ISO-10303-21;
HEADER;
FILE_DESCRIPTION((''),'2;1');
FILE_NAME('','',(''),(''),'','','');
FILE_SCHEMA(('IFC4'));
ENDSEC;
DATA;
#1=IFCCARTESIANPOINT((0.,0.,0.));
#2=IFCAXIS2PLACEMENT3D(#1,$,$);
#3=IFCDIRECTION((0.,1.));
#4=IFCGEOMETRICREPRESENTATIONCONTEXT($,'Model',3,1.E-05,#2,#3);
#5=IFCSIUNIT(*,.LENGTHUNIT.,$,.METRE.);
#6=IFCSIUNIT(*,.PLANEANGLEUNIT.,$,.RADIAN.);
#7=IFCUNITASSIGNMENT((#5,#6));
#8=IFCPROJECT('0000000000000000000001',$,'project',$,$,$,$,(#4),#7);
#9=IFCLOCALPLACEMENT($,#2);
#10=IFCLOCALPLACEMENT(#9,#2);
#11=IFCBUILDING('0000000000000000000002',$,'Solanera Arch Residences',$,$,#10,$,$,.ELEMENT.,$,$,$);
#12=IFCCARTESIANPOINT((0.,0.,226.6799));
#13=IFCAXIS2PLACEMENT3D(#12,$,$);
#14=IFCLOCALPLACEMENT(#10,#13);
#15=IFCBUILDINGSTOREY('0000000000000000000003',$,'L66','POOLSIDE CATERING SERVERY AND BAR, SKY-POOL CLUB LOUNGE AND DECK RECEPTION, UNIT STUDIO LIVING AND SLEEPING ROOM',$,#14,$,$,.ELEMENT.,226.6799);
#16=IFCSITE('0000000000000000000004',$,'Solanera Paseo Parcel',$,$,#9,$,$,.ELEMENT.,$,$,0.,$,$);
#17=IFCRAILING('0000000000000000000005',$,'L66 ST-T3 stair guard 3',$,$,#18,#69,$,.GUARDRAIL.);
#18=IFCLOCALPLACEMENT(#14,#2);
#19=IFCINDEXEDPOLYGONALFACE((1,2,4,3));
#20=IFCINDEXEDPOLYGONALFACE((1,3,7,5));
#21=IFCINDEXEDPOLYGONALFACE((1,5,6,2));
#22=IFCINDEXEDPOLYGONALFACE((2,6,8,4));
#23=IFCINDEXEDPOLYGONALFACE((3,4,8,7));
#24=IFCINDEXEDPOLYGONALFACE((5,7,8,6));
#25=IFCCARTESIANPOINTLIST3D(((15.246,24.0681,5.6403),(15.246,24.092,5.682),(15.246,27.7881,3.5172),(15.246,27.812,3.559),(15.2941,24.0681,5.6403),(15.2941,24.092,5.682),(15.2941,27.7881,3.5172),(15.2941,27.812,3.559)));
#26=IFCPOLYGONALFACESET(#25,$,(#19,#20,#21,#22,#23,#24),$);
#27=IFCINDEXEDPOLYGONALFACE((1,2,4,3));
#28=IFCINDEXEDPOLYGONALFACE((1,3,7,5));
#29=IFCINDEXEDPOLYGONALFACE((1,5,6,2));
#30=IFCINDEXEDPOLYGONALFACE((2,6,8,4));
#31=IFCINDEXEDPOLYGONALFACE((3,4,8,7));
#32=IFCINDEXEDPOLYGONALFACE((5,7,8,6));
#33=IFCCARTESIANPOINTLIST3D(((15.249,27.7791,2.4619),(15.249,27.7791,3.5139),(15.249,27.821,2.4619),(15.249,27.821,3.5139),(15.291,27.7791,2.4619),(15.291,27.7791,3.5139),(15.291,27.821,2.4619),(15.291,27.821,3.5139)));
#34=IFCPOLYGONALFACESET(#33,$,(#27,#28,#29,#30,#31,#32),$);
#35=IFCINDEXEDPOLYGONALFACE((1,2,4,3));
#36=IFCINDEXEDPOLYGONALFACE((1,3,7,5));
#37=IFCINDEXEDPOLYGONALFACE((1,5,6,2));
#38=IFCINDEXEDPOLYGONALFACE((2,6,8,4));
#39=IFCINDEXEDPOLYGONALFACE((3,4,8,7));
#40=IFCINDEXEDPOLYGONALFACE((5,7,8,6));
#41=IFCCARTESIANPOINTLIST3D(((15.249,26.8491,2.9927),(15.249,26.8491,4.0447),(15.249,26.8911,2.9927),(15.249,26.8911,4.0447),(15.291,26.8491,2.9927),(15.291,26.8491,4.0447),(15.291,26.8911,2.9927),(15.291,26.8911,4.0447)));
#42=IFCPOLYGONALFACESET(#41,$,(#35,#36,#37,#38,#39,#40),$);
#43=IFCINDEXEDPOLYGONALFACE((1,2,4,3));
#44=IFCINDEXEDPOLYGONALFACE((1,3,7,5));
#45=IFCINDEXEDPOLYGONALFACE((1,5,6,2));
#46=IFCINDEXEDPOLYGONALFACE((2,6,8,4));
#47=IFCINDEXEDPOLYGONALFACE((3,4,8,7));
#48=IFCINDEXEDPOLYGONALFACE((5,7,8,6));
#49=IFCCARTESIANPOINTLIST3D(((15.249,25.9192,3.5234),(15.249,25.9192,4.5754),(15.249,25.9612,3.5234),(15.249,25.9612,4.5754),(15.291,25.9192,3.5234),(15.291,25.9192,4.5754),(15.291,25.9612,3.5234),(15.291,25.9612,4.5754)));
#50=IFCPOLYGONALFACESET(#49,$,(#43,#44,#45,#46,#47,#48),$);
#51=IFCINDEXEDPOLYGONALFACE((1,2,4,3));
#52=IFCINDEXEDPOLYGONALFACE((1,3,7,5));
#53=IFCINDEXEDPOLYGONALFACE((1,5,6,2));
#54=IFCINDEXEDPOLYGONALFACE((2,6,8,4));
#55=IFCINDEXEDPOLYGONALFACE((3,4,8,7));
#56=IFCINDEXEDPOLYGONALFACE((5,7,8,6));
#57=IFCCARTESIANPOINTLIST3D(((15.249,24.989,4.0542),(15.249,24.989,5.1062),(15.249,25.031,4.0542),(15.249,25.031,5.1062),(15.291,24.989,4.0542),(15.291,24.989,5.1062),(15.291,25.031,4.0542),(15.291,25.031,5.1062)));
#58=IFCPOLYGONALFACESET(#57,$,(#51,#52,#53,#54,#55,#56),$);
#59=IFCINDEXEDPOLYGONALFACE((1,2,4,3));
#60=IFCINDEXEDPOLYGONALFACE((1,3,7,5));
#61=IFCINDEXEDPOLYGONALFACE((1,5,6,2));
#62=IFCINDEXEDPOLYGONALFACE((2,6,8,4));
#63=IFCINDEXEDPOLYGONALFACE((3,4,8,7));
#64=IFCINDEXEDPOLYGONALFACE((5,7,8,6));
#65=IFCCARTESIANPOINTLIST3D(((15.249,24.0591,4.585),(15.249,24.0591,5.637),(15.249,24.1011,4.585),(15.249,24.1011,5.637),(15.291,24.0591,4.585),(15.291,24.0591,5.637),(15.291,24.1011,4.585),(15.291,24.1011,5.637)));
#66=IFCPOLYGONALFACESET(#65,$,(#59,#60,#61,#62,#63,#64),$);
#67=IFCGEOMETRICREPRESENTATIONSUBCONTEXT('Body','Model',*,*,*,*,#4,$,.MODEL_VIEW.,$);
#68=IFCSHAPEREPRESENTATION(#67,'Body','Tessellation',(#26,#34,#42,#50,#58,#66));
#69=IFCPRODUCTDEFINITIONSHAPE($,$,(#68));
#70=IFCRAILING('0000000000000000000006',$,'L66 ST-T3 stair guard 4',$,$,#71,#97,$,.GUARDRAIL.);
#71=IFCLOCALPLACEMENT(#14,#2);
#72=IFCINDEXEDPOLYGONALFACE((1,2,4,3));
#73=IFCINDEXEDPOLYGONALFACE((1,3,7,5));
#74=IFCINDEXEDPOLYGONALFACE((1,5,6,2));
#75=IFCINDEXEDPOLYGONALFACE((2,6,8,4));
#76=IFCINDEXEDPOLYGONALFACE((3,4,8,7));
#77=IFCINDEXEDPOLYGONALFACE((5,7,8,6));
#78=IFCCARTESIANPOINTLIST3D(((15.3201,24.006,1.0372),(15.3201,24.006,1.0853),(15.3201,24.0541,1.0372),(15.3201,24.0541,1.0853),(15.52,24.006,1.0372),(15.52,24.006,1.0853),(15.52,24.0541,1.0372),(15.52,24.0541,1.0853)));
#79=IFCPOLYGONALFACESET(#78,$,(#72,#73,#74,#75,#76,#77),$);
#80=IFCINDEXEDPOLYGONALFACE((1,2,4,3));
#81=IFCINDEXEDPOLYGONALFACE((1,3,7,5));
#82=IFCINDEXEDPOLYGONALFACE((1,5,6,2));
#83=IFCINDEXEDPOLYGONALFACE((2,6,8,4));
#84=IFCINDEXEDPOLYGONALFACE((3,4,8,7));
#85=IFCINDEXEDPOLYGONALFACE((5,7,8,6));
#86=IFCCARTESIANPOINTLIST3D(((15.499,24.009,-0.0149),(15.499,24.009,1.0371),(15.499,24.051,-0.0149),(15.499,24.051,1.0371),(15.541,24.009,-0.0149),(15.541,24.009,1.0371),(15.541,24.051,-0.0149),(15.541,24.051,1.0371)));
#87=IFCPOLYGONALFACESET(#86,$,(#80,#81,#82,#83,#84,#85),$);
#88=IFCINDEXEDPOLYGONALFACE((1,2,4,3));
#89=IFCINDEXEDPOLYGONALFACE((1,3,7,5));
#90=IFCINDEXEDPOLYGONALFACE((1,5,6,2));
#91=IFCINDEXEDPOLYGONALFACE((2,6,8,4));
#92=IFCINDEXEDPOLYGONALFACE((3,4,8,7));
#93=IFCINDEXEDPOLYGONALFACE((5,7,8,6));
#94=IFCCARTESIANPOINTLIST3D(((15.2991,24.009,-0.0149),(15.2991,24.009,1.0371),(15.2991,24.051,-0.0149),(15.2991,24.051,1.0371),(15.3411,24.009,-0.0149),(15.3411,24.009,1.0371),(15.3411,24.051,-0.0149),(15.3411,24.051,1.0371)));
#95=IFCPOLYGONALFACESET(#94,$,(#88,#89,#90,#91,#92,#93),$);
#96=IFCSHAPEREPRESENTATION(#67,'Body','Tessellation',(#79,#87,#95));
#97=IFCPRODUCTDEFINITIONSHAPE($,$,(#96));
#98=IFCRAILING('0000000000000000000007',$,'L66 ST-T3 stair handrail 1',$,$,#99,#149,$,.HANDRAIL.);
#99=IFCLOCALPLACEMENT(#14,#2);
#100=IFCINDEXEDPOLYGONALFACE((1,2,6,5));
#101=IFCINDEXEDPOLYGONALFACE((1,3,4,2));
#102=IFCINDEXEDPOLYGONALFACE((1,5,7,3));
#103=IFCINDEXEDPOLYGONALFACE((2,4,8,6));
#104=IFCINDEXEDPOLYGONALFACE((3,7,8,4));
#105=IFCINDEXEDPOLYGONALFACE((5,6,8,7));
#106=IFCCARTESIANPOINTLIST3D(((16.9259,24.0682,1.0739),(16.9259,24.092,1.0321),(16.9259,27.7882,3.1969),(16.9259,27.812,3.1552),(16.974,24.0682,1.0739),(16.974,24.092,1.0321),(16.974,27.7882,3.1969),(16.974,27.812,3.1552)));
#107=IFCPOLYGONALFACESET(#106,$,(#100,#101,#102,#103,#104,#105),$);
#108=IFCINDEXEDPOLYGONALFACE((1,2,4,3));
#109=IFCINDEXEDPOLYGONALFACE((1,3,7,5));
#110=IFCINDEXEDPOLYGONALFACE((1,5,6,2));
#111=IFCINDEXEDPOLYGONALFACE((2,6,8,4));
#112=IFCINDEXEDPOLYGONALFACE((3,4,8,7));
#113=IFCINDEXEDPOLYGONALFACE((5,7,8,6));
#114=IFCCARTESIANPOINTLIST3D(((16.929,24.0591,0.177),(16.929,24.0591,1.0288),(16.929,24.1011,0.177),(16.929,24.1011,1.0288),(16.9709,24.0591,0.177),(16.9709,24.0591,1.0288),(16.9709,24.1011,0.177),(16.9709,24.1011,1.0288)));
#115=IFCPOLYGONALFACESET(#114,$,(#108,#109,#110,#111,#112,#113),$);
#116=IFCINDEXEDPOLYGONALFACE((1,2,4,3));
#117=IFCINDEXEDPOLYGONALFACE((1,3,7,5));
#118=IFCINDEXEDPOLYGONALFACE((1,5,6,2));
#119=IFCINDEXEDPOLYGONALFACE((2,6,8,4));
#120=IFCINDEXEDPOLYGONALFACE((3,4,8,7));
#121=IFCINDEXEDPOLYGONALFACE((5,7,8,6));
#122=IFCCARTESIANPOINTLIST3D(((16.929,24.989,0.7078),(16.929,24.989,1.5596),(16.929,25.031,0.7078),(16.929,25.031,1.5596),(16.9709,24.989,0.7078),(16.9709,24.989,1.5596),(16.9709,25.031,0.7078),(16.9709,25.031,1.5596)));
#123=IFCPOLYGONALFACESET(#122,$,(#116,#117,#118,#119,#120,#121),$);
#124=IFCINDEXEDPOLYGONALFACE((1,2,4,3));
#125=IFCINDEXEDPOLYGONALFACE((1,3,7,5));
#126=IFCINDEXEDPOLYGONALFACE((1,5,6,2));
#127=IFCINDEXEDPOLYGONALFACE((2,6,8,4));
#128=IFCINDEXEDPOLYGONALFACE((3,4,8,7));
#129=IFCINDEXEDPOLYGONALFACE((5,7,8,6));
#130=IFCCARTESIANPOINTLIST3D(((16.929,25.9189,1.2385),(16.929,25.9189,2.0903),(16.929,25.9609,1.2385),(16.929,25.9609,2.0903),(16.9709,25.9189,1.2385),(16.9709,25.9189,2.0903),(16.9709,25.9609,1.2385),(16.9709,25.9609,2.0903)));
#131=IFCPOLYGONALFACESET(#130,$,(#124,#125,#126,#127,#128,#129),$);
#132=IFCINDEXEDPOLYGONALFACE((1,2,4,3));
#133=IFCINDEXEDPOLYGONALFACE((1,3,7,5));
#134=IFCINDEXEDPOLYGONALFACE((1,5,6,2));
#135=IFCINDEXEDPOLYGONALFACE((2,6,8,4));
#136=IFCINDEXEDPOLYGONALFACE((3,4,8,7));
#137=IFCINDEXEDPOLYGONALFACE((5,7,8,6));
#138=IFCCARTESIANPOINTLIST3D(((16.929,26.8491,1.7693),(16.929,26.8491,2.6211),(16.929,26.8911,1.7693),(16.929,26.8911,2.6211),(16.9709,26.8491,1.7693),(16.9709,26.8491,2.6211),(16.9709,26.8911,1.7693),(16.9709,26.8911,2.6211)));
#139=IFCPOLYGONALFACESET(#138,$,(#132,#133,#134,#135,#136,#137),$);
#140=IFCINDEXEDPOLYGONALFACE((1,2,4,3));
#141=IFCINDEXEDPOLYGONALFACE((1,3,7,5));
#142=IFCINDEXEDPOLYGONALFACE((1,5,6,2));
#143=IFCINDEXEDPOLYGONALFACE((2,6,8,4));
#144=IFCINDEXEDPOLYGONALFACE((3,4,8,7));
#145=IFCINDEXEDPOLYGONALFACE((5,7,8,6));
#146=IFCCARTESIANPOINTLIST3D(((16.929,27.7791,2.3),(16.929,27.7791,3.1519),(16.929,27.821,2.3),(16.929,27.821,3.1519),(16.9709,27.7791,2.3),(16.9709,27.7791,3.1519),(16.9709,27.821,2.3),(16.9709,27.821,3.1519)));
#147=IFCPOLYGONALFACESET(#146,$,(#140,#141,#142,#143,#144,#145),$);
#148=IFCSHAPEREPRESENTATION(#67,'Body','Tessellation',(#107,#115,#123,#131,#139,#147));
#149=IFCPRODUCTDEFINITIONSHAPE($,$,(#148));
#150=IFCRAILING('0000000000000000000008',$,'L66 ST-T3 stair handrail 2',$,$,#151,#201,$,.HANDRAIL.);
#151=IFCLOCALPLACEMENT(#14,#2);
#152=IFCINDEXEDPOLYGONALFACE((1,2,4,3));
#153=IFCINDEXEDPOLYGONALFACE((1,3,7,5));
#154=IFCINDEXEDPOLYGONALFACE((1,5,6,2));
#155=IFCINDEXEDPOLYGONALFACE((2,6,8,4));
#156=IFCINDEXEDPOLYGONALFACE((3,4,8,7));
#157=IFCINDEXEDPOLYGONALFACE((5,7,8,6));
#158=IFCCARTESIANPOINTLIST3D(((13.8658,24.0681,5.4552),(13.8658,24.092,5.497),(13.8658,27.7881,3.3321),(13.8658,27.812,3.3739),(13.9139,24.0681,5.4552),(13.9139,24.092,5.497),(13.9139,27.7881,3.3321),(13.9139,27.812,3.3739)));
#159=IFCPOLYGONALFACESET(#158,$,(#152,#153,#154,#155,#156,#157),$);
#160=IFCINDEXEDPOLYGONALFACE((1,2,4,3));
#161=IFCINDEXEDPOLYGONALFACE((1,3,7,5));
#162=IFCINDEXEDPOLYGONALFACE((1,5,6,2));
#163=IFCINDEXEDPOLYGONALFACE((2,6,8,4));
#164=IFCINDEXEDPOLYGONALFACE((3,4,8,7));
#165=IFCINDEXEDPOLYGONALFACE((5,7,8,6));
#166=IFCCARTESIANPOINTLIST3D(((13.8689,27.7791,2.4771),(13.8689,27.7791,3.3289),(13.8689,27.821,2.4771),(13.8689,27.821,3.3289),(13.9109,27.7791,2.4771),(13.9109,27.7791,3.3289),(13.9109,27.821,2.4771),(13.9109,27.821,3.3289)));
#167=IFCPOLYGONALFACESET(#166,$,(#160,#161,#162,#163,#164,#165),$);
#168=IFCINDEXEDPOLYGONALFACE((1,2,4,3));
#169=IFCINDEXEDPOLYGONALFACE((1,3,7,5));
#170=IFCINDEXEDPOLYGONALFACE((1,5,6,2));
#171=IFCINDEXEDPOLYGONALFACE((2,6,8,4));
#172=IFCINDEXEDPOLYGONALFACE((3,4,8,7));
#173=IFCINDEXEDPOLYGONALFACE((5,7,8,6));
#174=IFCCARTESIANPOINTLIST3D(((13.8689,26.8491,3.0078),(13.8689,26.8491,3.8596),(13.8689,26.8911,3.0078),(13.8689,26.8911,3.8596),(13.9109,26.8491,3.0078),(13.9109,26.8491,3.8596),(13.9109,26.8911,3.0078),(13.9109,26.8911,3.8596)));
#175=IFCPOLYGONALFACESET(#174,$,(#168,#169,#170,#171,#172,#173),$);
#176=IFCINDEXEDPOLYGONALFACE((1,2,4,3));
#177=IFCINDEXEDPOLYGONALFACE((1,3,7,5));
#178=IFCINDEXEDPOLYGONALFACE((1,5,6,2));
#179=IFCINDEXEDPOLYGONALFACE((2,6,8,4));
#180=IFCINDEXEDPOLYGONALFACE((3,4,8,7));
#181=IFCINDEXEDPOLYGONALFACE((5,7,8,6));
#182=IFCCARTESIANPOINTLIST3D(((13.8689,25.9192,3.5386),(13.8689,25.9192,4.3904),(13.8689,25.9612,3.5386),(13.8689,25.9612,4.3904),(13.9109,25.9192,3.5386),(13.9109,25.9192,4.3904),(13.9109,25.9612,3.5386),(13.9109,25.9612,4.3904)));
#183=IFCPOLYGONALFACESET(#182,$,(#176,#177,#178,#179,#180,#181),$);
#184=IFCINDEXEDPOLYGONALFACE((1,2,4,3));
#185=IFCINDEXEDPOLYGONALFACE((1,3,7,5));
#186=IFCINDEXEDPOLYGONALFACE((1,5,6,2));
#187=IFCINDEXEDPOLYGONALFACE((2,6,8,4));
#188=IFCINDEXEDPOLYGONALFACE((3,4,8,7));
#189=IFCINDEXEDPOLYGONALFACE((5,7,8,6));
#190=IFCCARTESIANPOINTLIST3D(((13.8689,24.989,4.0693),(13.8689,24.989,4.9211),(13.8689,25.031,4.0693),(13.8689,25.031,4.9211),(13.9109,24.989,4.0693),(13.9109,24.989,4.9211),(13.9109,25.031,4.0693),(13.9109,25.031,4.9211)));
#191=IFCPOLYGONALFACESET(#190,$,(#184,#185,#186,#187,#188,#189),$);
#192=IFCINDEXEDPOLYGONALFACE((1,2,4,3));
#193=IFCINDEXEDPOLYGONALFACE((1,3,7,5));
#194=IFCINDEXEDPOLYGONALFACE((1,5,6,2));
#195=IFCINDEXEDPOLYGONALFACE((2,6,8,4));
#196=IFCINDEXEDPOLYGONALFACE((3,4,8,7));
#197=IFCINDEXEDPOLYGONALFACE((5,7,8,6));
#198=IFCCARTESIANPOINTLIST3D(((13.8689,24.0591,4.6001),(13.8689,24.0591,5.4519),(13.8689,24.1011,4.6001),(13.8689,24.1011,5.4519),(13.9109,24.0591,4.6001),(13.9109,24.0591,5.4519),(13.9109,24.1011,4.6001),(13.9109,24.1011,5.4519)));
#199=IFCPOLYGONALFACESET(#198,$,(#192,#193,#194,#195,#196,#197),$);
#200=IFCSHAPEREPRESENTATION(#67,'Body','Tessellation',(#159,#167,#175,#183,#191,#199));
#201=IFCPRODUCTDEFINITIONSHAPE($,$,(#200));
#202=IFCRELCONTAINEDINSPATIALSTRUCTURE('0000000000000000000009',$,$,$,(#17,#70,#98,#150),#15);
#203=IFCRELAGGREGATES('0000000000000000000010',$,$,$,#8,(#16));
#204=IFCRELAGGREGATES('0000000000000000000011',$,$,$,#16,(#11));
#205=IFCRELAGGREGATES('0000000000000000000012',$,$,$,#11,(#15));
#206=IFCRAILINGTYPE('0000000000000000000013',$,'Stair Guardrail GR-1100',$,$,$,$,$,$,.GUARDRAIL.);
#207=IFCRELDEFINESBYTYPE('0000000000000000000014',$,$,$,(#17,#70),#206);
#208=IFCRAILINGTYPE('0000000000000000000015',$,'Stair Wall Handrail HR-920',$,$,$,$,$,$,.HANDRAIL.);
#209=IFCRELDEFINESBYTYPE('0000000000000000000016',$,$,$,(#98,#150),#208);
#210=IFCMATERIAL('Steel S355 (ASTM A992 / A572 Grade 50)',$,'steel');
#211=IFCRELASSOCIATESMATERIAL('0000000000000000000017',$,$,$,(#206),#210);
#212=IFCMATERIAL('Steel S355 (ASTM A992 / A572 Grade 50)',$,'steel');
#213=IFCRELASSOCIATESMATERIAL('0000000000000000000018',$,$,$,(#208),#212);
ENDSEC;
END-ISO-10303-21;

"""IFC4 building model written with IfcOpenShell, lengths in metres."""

from ifc_helpers import new_model, si_unit, direction, frame, origin, origin_2d, place, context, subcontext, project, spatial, rectangle, extrude, material, type_object, element, save


model = new_model("IFC4")

# Units and contexts
model_context = context("Model", 3, precision=1e-05, world=origin(), true_north=direction((0.0, 1.0)))
body_context = subcontext(model_context, "Body", "Model", "MODEL_VIEW")
ifc_project = project(units=[si_unit("LENGTHUNIT", "METRE"), si_unit("PLANEANGLEUNIT", "RADIAN")], contexts=[model_context])

# Site, building, storey
site_placement = place(None, origin())
site = spatial("IfcSite", under=ifc_project, at=site_placement, Name="Solanera Paseo Parcel", CompositionType="ELEMENT", RefElevation=0.0)
building_placement = place(site_placement, origin())
building = spatial("IfcBuilding", under=site, at=building_placement, Name="Solanera Arch Residences", CompositionType="ELEMENT")
storey_placement = place(building_placement, frame((0.0, 0.0, 226.6799)))
storey = spatial("IfcBuildingStorey", under=building, at=storey_placement, Name="L66", Description="POOLSIDE CATERING SERVERY AND BAR, SKY-POOL CLUB LOUNGE AND DECK RECEPTION, UNIT STUDIO LIVING AND SLEEPING ROOM", CompositionType="ELEMENT", Elevation=226.6799)

# Railings
ifc_material_1 = material(Name="Steel S355 (ASTM A992 / A572 Grade 50)", Category="steel")
railing_type_1 = type_object("IfcRailingType", Name="Stair Guardrail GR-1100", PredefinedType="GUARDRAIL", material=ifc_material_1)
railing_1_placement = place(storey_placement, frame((15.27, 27.8, 2.4619)))
element("IfcRailing", 1, at=railing_1_placement, inside=storey, type_object=railing_type_1, Name="L66 ST-T3 stair guard 3", PredefinedType="GUARDRAIL", context=body_context, shape_type="SweptSolid", body=[
    extrude(rectangle(XDim=0.0481, YDim=0.0481, at=origin_2d()), frame((0.0, 0.0, 1.0762), z_axis=(0.0, -0.86851, 0.495672), x_axis=(1.0, 0.0, 0.0)), (0.0, 0.0, 1.0), 4.2832),
    extrude(rectangle(XDim=0.042, YDim=0.042, at=origin_2d()), origin(), (0.0, 0.0, 1.0), 1.052),
    extrude(rectangle(XDim=0.042, YDim=0.042, at=origin_2d()), frame((0.0, -0.9299, 0.5308)), (0.0, 0.0, 1.0), 1.052),
    extrude(rectangle(XDim=0.042, YDim=0.042, at=origin_2d()), frame((0.0, -1.8599, 1.0615)), (0.0, 0.0, 1.0), 1.052),
    extrude(rectangle(XDim=0.042, YDim=0.042, at=origin_2d()), frame((0.0, -2.79, 1.5923)), (0.0, 0.0, 1.0), 1.052),
    extrude(rectangle(XDim=0.042, YDim=0.042, at=origin_2d()), frame((0.0, -3.72, 2.123)), (0.0, 0.0, 1.0), 1.052),
])
railing_2_placement = place(storey_placement, frame((15.52, 24.03, -0.0149)))
element("IfcRailing", 2, at=railing_2_placement, inside=storey, type_object=railing_type_1, Name="L66 ST-T3 stair guard 4", PredefinedType="GUARDRAIL", context=body_context, shape_type="SweptSolid", body=[
    extrude(rectangle(XDim=0.0481, YDim=0.0481, at=origin_2d()), frame((0.0, 0.0, 1.0762), z_axis=(-1.0, 0.0, 0.0), x_axis=(0.0, -1.0, 0.0)), (0.0, 0.0, 1.0), 0.2),
    extrude(rectangle(XDim=0.042, YDim=0.042, at=origin_2d()), origin(), (0.0, 0.0, 1.0), 1.052),
    extrude(rectangle(XDim=0.042, YDim=0.042, at=origin_2d()), frame((-0.2, 0.0, 0.0)), (0.0, 0.0, 1.0), 1.052),
])
ifc_material_2 = material(Name="Steel S355 (ASTM A992 / A572 Grade 50)", Category="steel")
railing_type_2 = type_object("IfcRailingType", Name="Stair Wall Handrail HR-920", PredefinedType="HANDRAIL", material=ifc_material_2)
railing_3_placement = place(storey_placement, frame((16.95, 24.0801, 0.177)))
element("IfcRailing", 3, at=railing_3_placement, inside=storey, type_object=railing_type_2, Name="L66 ST-T3 stair handrail 1", PredefinedType="HANDRAIL", context=body_context, shape_type="SweptSolid", body=[
    extrude(rectangle(XDim=0.0481, YDim=0.0481, at=origin_2d()), frame((0.0, 0.0, 0.876), z_axis=(0.0, 0.86851, 0.495672), x_axis=(-1.0, 0.0, 0.0)), (0.0, 0.0, 1.0), 4.2832),
    extrude(rectangle(XDim=0.042, YDim=0.042, at=origin_2d()), origin(), (0.0, 0.0, 1.0), 0.8518),
    extrude(rectangle(XDim=0.042, YDim=0.042, at=origin_2d()), frame((0.0, 0.9299, 0.5308)), (0.0, 0.0, 1.0), 0.8518),
    extrude(rectangle(XDim=0.042, YDim=0.042, at=origin_2d()), frame((0.0, 1.8599, 1.0615)), (0.0, 0.0, 1.0), 0.8518),
    extrude(rectangle(XDim=0.042, YDim=0.042, at=origin_2d()), frame((0.0, 2.79, 1.5923)), (0.0, 0.0, 1.0), 0.8518),
    extrude(rectangle(XDim=0.042, YDim=0.042, at=origin_2d()), frame((0.0, 3.72, 2.123)), (0.0, 0.0, 1.0), 0.8518),
])
railing_4_placement = place(storey_placement, frame((13.8899, 27.8, 2.4771)))
element("IfcRailing", 4, at=railing_4_placement, inside=storey, type_object=railing_type_2, Name="L66 ST-T3 stair handrail 2", PredefinedType="HANDRAIL", context=body_context, shape_type="SweptSolid", body=[
    extrude(rectangle(XDim=0.0481, YDim=0.0481, at=origin_2d()), frame((0.0, 0.0, 0.876), z_axis=(0.0, -0.86851, 0.495672), x_axis=(1.0, 0.0, 0.0)), (0.0, 0.0, 1.0), 4.2832),
    extrude(rectangle(XDim=0.042, YDim=0.042, at=origin_2d()), origin(), (0.0, 0.0, 1.0), 0.8518),
    extrude(rectangle(XDim=0.042, YDim=0.042, at=origin_2d()), frame((0.0, -0.9299, 0.5308)), (0.0, 0.0, 1.0), 0.8518),
    extrude(rectangle(XDim=0.042, YDim=0.042, at=origin_2d()), frame((0.0, -1.8599, 1.0615)), (0.0, 0.0, 1.0), 0.8518),
    extrude(rectangle(XDim=0.042, YDim=0.042, at=origin_2d()), frame((0.0, -2.79, 1.5923)), (0.0, 0.0, 1.0), 0.8518),
    extrude(rectangle(XDim=0.042, YDim=0.042, at=origin_2d()), frame((0.0, -3.72, 2.123)), (0.0, 0.0, 1.0), 0.8518),
])

save(model, "model.ifc")
